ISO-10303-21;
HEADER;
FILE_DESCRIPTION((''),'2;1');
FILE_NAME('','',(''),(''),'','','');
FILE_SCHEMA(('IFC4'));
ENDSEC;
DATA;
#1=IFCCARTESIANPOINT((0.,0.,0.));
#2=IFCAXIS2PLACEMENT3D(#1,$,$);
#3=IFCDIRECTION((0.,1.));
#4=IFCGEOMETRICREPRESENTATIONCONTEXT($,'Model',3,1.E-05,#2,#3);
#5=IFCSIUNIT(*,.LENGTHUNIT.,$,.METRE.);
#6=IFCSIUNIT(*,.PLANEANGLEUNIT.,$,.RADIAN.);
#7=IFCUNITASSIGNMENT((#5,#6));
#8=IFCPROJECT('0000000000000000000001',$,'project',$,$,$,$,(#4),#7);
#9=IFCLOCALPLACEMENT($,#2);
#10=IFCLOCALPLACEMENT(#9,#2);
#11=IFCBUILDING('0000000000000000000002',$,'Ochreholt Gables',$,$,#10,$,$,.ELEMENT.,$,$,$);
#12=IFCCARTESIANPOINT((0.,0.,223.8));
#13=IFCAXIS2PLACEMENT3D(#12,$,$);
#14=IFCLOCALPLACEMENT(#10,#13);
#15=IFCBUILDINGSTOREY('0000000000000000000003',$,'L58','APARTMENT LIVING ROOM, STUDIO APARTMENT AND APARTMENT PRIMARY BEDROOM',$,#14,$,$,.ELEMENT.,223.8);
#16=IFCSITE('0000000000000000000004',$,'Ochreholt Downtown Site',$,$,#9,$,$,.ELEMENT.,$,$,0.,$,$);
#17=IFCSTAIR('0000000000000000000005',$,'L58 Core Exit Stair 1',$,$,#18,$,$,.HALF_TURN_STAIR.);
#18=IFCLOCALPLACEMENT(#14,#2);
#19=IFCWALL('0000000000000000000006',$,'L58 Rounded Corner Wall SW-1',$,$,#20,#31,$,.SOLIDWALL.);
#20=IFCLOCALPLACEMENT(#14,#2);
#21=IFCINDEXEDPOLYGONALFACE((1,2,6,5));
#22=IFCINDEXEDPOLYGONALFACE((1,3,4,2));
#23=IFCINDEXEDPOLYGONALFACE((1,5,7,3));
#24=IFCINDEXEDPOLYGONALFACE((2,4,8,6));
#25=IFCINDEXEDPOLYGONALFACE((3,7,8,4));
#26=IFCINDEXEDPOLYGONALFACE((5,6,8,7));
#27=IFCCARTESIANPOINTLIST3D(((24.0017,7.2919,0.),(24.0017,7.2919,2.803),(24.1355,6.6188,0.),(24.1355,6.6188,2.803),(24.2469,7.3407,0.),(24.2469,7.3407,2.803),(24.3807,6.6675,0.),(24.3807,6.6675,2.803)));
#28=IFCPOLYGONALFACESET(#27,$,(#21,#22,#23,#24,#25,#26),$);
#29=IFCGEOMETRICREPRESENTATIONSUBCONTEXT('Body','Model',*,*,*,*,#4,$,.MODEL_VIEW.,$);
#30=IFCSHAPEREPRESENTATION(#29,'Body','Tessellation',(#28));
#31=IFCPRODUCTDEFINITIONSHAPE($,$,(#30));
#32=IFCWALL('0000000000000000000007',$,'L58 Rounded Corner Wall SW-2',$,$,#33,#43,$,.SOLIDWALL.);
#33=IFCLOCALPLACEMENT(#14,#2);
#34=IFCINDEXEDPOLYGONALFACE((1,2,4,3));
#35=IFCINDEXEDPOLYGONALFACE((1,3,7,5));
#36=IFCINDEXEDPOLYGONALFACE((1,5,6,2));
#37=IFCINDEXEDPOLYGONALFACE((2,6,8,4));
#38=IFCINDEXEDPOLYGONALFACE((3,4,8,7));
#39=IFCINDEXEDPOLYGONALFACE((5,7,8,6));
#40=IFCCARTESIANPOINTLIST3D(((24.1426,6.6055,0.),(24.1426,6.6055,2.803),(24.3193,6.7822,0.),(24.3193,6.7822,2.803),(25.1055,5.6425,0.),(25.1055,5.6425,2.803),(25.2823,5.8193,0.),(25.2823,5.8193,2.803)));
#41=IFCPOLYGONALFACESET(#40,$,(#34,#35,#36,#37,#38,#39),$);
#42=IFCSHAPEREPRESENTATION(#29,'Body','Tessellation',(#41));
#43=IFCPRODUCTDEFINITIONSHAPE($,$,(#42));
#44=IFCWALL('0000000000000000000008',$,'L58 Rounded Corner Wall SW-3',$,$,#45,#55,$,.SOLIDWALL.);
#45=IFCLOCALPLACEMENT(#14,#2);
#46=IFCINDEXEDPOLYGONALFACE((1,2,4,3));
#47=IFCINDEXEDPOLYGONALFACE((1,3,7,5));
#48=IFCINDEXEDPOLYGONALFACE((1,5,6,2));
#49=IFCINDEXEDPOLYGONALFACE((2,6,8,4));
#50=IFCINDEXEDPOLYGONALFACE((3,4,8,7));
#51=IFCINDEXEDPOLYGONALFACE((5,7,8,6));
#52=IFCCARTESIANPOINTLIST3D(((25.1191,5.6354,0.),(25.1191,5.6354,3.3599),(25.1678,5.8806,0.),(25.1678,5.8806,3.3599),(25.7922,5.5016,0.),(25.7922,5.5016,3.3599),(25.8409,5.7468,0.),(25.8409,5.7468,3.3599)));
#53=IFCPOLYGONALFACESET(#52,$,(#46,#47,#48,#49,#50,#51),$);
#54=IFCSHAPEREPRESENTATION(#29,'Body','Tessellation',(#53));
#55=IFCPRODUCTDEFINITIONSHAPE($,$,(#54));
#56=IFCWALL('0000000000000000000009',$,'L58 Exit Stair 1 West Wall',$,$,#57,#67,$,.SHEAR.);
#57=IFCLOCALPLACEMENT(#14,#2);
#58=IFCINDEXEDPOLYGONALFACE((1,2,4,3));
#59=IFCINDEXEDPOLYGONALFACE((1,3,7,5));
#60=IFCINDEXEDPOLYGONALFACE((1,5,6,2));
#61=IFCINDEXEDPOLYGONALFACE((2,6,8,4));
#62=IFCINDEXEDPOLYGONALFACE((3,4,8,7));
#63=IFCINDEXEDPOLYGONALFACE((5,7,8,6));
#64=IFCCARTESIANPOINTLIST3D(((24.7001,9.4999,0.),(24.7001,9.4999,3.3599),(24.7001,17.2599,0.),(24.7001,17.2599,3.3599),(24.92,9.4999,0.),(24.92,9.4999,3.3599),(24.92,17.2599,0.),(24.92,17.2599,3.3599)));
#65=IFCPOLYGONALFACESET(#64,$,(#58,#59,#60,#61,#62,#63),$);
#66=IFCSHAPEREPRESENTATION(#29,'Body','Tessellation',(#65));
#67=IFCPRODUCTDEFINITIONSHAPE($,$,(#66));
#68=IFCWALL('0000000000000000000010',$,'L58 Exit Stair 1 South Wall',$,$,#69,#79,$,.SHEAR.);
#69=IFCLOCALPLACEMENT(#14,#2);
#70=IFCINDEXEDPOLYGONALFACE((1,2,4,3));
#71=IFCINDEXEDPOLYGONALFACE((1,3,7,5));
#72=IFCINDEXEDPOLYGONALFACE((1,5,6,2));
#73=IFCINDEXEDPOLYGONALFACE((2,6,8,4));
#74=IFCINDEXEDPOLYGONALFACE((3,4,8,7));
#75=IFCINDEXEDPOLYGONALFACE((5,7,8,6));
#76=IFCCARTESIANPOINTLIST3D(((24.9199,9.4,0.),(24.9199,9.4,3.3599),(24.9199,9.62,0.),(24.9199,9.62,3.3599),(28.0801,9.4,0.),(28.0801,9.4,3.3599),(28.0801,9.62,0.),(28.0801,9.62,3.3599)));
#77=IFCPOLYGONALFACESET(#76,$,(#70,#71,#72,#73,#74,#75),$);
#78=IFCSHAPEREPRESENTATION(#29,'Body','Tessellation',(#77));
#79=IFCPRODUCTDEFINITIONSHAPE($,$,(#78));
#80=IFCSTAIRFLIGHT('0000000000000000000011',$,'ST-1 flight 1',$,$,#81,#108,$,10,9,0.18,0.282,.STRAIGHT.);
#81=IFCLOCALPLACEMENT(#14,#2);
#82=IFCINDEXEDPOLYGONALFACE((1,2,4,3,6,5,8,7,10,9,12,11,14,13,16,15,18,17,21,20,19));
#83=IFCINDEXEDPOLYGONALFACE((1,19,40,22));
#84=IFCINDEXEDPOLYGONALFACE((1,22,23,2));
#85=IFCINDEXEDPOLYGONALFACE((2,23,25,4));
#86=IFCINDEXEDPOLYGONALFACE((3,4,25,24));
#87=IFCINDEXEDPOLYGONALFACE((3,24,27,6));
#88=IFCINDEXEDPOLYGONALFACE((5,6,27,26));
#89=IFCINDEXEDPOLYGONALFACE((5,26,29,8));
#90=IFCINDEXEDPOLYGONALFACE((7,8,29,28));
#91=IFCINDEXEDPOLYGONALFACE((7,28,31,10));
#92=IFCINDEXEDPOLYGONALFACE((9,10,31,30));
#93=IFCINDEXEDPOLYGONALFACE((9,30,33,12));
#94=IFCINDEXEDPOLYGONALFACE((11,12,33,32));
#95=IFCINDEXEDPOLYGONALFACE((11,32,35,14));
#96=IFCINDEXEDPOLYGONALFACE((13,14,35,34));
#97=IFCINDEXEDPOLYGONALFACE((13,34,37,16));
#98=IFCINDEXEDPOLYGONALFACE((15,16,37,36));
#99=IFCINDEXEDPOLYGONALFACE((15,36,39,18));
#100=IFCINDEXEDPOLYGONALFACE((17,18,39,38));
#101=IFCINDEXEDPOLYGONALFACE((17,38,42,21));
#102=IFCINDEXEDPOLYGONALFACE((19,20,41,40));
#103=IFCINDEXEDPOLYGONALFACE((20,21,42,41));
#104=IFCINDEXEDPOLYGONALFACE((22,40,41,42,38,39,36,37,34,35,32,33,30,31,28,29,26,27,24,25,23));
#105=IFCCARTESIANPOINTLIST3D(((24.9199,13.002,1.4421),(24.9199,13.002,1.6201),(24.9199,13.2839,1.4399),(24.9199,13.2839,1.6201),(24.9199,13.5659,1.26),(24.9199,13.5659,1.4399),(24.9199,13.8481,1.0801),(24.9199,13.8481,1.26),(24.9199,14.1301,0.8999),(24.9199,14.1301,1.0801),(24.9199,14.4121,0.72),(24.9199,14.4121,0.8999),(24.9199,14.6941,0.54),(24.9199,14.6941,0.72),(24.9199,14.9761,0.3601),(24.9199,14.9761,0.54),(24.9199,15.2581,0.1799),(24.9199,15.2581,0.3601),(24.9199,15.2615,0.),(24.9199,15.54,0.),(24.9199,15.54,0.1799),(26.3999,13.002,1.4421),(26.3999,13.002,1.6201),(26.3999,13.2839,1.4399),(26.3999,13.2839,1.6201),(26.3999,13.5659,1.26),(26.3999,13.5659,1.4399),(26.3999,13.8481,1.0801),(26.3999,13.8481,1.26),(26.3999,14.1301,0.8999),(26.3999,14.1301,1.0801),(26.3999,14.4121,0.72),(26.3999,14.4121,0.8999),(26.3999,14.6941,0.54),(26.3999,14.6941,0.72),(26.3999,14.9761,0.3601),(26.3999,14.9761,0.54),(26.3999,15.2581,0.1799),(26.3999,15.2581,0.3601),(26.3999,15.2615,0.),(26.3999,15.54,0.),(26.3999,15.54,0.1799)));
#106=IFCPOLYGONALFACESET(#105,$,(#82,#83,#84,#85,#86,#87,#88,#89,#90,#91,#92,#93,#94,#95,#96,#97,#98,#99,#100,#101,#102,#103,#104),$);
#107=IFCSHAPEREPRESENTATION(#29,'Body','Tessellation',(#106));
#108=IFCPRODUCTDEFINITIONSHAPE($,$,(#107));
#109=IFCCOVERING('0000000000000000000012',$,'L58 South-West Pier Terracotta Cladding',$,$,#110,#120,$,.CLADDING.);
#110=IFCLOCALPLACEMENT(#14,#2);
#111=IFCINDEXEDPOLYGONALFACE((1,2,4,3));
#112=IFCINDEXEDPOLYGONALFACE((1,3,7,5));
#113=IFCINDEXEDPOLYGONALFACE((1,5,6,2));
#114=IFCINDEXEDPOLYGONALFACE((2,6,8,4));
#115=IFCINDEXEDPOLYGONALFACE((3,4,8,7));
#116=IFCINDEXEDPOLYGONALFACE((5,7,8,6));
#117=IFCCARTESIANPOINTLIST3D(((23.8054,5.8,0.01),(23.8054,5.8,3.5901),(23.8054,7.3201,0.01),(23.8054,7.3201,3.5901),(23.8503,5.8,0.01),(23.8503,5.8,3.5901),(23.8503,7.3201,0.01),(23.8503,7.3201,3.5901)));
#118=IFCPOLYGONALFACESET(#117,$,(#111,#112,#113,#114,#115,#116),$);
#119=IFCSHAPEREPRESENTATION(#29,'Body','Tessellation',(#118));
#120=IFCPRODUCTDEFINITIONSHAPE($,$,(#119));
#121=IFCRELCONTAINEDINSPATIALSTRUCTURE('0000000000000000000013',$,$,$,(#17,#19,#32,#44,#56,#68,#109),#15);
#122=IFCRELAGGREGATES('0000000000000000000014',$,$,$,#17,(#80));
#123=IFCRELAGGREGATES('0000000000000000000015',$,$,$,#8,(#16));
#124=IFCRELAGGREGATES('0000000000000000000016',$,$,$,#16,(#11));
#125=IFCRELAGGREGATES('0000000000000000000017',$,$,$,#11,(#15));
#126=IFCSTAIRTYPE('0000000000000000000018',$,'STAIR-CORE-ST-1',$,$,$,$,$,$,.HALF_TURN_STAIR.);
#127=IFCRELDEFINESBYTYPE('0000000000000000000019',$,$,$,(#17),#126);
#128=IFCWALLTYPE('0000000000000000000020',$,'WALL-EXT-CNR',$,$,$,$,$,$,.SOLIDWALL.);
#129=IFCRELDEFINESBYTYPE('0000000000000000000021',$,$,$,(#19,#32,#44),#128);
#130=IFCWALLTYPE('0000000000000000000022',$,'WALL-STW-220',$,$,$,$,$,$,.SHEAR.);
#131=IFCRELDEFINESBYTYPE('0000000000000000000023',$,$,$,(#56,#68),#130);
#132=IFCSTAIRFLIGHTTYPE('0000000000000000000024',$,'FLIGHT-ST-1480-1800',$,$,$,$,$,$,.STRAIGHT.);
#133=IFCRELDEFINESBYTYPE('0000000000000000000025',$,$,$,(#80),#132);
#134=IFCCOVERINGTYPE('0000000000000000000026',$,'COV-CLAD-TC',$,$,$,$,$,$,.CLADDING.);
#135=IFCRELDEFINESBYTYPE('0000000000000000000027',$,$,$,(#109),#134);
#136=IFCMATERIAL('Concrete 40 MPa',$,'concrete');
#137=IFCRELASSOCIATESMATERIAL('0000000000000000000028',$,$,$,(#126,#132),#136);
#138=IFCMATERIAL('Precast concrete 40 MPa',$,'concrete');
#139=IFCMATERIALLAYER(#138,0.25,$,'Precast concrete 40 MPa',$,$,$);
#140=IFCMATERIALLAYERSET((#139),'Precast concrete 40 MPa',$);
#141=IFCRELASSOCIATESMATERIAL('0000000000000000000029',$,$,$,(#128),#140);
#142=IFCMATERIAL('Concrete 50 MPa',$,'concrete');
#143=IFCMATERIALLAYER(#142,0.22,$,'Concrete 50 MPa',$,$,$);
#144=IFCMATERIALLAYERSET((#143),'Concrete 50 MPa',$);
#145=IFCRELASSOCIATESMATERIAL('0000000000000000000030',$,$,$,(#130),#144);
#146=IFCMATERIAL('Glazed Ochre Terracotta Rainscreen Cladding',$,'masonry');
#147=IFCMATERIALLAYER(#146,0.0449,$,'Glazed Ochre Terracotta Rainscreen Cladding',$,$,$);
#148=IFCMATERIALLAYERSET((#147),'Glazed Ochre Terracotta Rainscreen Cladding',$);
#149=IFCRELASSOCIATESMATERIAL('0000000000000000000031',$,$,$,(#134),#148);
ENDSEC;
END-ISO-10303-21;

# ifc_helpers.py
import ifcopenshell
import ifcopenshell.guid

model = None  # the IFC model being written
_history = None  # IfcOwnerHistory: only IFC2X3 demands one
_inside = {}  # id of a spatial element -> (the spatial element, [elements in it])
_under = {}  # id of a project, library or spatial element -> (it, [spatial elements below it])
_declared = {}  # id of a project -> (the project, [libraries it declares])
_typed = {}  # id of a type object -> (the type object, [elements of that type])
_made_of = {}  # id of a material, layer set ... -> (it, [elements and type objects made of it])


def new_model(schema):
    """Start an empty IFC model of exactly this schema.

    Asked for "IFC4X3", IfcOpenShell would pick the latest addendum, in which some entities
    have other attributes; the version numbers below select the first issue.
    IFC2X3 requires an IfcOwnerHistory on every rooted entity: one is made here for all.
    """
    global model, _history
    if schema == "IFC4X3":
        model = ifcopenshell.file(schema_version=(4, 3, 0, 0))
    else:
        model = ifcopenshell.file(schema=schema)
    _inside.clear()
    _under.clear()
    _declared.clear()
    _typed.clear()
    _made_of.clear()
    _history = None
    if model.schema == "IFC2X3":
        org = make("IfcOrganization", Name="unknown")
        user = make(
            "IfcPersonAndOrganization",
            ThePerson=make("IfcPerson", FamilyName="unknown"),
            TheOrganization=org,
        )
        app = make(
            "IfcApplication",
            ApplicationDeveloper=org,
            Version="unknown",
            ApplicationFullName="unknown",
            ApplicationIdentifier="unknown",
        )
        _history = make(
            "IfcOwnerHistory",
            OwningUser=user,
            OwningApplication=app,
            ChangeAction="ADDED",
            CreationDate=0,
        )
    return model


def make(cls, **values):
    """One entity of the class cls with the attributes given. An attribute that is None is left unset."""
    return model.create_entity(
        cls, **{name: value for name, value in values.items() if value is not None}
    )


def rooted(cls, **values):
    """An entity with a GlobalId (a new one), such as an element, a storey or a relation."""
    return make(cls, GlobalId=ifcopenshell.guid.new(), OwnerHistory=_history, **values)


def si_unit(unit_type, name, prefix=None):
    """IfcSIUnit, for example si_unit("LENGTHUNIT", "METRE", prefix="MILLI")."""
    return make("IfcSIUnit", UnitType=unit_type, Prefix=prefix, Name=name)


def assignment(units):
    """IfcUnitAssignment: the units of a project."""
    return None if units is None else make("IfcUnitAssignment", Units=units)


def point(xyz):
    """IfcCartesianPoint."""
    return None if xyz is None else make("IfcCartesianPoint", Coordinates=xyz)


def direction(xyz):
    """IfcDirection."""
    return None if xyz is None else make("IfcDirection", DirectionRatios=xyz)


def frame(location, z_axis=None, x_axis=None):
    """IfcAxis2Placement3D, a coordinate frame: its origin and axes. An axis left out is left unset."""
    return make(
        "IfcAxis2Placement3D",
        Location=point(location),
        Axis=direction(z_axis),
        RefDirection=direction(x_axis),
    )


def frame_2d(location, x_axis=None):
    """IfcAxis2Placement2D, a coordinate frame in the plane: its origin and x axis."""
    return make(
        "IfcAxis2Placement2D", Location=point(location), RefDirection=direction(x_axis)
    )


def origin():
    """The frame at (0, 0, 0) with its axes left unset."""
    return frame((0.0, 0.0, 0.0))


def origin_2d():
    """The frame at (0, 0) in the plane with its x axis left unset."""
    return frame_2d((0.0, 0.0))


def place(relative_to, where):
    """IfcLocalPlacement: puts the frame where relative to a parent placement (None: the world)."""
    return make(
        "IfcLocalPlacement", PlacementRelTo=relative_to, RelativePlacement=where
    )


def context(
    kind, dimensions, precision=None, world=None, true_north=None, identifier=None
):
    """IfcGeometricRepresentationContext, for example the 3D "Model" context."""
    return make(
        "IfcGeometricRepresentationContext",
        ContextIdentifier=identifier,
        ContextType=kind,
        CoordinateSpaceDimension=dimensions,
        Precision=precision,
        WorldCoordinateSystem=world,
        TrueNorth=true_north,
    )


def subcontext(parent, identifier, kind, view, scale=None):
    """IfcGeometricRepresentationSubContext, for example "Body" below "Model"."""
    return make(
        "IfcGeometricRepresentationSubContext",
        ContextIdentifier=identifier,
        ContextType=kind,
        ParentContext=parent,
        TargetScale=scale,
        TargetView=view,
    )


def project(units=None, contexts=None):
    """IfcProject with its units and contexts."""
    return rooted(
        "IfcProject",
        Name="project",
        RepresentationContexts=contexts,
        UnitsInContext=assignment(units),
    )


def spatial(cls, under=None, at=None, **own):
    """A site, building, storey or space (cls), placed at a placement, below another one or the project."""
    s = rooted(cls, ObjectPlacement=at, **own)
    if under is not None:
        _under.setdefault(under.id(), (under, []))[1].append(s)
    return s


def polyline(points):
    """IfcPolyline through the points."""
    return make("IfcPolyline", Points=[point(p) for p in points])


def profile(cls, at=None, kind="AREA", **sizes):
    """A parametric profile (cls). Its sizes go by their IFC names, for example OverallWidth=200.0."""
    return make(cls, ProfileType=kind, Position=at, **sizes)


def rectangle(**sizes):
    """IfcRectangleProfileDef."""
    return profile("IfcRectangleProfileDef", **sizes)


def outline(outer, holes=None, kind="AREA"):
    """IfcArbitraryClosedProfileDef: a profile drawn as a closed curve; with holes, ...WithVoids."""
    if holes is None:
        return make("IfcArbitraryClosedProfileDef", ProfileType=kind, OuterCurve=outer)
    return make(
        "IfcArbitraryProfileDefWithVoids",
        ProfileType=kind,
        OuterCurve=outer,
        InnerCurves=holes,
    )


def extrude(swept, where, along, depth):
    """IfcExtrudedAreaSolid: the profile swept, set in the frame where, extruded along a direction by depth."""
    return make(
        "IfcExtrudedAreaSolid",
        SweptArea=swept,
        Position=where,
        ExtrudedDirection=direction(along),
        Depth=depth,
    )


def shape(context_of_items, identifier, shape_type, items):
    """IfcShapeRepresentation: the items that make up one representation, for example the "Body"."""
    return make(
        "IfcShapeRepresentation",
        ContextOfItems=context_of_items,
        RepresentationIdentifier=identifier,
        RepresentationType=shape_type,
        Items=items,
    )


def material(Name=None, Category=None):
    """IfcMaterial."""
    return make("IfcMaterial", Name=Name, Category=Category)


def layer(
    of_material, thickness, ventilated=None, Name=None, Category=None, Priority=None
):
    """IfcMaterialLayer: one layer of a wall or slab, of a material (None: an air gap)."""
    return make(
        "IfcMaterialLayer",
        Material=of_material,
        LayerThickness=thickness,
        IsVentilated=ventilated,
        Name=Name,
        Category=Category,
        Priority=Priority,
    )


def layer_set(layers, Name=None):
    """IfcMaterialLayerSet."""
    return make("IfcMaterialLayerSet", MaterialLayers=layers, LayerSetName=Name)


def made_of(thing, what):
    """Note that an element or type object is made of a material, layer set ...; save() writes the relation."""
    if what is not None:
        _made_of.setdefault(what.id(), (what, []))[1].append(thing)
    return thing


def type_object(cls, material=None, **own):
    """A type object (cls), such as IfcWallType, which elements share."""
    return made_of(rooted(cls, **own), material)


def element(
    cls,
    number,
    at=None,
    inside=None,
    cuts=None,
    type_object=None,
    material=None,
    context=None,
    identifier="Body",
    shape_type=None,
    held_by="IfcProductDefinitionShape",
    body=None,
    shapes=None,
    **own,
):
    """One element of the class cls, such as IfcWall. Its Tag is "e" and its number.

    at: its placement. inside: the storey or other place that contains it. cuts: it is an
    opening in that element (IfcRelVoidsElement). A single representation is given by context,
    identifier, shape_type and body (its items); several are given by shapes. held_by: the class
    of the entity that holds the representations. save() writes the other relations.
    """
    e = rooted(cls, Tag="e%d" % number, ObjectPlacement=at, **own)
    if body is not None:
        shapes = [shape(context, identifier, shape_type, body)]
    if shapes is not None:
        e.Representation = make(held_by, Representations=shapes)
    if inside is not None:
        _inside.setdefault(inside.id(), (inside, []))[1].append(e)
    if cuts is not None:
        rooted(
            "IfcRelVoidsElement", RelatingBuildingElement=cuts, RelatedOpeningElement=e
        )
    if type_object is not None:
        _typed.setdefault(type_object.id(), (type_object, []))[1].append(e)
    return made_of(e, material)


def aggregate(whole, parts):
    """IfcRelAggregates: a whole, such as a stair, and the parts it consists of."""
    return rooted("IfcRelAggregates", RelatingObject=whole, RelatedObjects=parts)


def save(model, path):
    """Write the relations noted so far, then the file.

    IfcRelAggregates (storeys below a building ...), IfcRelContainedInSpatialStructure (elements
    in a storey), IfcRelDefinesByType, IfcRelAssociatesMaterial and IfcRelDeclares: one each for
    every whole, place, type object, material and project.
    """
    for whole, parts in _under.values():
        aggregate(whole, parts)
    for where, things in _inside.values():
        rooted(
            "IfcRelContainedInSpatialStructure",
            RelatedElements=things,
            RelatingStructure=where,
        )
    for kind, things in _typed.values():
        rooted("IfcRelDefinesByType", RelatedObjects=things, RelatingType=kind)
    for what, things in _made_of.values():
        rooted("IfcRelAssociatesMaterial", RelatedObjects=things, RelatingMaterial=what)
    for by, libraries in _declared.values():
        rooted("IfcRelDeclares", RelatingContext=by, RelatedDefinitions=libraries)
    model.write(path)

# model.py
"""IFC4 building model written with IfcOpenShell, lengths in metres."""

from ifc_helpers import new_model, si_unit, direction, frame, frame_2d, origin, origin_2d, place, context, subcontext, project, spatial, polyline, rectangle, outline, extrude, material, layer, layer_set, type_object, element, aggregate, save


model = new_model("IFC4")

# Units and contexts
model_context = context("Model", 3, precision=1e-05, world=origin(), true_north=direction((0.0, 1.0)))
body_context = subcontext(model_context, "Body", "Model", "MODEL_VIEW")
ifc_project = project(units=[si_unit("LENGTHUNIT", "METRE"), si_unit("PLANEANGLEUNIT", "RADIAN")], contexts=[model_context])

# Site, building, storey
site_placement = place(None, origin())
site = spatial("IfcSite", under=ifc_project, at=site_placement, Name="Ochreholt Downtown Site", CompositionType="ELEMENT", RefElevation=0.0)
building_placement = place(site_placement, origin())
building = spatial("IfcBuilding", under=site, at=building_placement, Name="Ochreholt Gables", CompositionType="ELEMENT")
storey_placement = place(building_placement, frame((0.0, 0.0, 223.8)))
storey = spatial("IfcBuildingStorey", under=building, at=storey_placement, Name="L58", Description="APARTMENT LIVING ROOM, STUDIO APARTMENT AND APARTMENT PRIMARY BEDROOM", CompositionType="ELEMENT", Elevation=223.8)

# Shared definitions
ifc_material_1 = material(Name="Concrete 50 MPa", Category="concrete")

# Stair
ifc_material_2 = material(Name="Concrete 40 MPa", Category="concrete")
stair_type_1 = type_object("IfcStairType", Name="STAIR-CORE-ST-1", PredefinedType="HALF_TURN_STAIR", material=ifc_material_2)
stair_1_placement = place(storey_placement, origin())
stair_1 = element("IfcStair", 1, at=stair_1_placement, inside=storey, type_object=stair_type_1, Name="L58 Core Exit Stair 1", PredefinedType="HALF_TURN_STAIR")

# Shared definitions
ifc_material_3 = material(Name="Precast concrete 40 MPa", Category="concrete")

# Walls
ifc_layer_1 = layer(ifc_material_3, 0.25, Name="Precast concrete 40 MPa")
ifc_layer_set_1 = layer_set([ifc_layer_1], Name="Precast concrete 40 MPa")
wall_type_1 = type_object("IfcWallType", Name="WALL-EXT-CNR", PredefinedType="SOLIDWALL", material=ifc_layer_set_1)
wall_1_placement = place(storey_placement, frame((24.1243, 7.3164, 0.0), z_axis=(0.0, 0.0, 1.0), x_axis=(0.194953, -0.980813, 0.0)))
element("IfcWall", 2, at=wall_1_placement, inside=storey, type_object=wall_type_1, Name="L58 Rounded Corner Wall SW-1", PredefinedType="SOLIDWALL", context=body_context, shape_type="SweptSolid", body=[
    extrude(rectangle(XDim=0.6863, YDim=0.25, at=frame_2d((0.3433, 0.0))), origin(), (0.0, 0.0, 1.0), 2.803),
])
wall_2_placement = place(storey_placement, frame((24.231, 6.6938, 0.0), z_axis=(0.0, 0.0, 1.0), x_axis=(0.707107, -0.707107, 0.0)))
element("IfcWall", 3, at=wall_2_placement, inside=storey, type_object=wall_type_1, Name="L58 Rounded Corner Wall SW-2", PredefinedType="SOLIDWALL", context=body_context, shape_type="SweptSolid", body=[
    extrude(rectangle(XDim=1.3618, YDim=0.25, at=frame_2d((0.6809, 0.0))), origin(), (0.0, 0.0, 1.0), 2.803),
])
wall_3_placement = place(storey_placement, frame((25.1433, 5.7581, 0.0), z_axis=(0.0, 0.0, 1.0), x_axis=(0.980813, -0.194953, 0.0)))
element("IfcWall", 4, at=wall_3_placement, inside=storey, type_object=wall_type_1, Name="L58 Rounded Corner Wall SW-3", PredefinedType="SOLIDWALL", context=body_context, shape_type="SweptSolid", body=[
    extrude(rectangle(XDim=0.6863, YDim=0.25, at=frame_2d((0.3433, 0.0))), origin(), (0.0, 0.0, 1.0), 3.3599),
])
ifc_layer_2 = layer(ifc_material_1, 0.22, Name="Concrete 50 MPa")
ifc_layer_set_2 = layer_set([ifc_layer_2], Name="Concrete 50 MPa")
wall_type_2 = type_object("IfcWallType", Name="WALL-STW-220", PredefinedType="SHEAR", material=ifc_layer_set_2)
wall_4_placement = place(storey_placement, frame((24.8101, 9.5, 0.0), z_axis=(0.0, 0.0, 1.0), x_axis=(0.0, 1.0, 0.0)))
element("IfcWall", 5, at=wall_4_placement, inside=storey, type_object=wall_type_2, Name="L58 Exit Stair 1 West Wall", PredefinedType="SHEAR", context=body_context, shape_type="SweptSolid", body=[
    extrude(rectangle(XDim=7.76, YDim=0.22, at=frame_2d((3.8799, 0.0))), origin(), (0.0, 0.0, 1.0), 3.3599),
])
wall_5_placement = place(storey_placement, frame((24.9199, 9.51, 0.0), z_axis=(0.0, 0.0, 1.0), x_axis=(1.0, 0.0, 0.0)))
element("IfcWall", 6, at=wall_5_placement, inside=storey, type_object=wall_type_2, Name="L58 Exit Stair 1 South Wall", PredefinedType="SHEAR", context=body_context, shape_type="SweptSolid", body=[
    extrude(rectangle(XDim=3.1602, YDim=0.22, at=frame_2d((1.5801, 0.0))), origin(), (0.0, 0.0, 1.0), 3.3599),
])

# Stair flight
stair_flight_type = type_object("IfcStairFlightType", Name="FLIGHT-ST-1480-1800", PredefinedType="STRAIGHT", material=ifc_material_2)
stair_flight_placement = place(storey_placement, frame((25.6599, 15.54, 0.0), z_axis=(0.0, 0.0, 1.0), x_axis=(0.0, -1.0, 0.0)))
stair_flight = element("IfcStairFlight", 7, at=stair_flight_placement, type_object=stair_flight_type, Name="ST-1 flight 1", NumberOfRisers=10, NumberOfTreads=9, PredefinedType="STRAIGHT", RiserHeight=0.18, TreadLength=0.282, context=body_context, shape_type="SweptSolid", body=[
    extrude(outline(polyline([(0.0, 0.0), (0.0, 0.1799), (0.282, 0.1799), (0.282, 0.3601), (0.564, 0.3601), (0.564, 0.54), (0.8459, 0.54), (0.8459, 0.72), (1.1279, 0.72), (1.1279, 0.8999), (1.4099, 0.8999), (1.4099, 1.0801), (1.6919, 1.0801), (1.6919, 1.26), (1.9741, 1.26), (1.9741, 1.4399), (2.2561, 1.4399), (2.2561, 1.6201), (2.5381, 1.6201), (2.5381, 1.8), (2.5381, 1.4421), (0.2786, 0.0), (0.0, 0.0)])), frame((0.0, 0.74, 0.0), z_axis=(0.0, -1.0, 0.0), x_axis=(1.0, 0.0, 0.0)), (0.0, 0.0, 1.0), 1.48),
])
aggregate(stair_1, [stair_flight])

# Covering
ifc_material_4 = material(Name="Glazed Ochre Terracotta Rainscreen Cladding", Category="masonry")
ifc_layer_3 = layer(ifc_material_4, 0.0449, Name="Glazed Ochre Terracotta Rainscreen Cladding")
ifc_layer_set_3 = layer_set([ifc_layer_3], Name="Glazed Ochre Terracotta Rainscreen Cladding")
covering_type = type_object("IfcCoveringType", Name="COV-CLAD-TC", PredefinedType="CLADDING", material=ifc_layer_set_3)
covering_placement = place(storey_placement, frame((23.8279, 6.5601, 0.01), z_axis=(0.0, 0.0, 1.0), x_axis=(0.0, 1.0, 0.0)))
element("IfcCovering", 8, at=covering_placement, inside=storey, type_object=covering_type, Name="L58 South-West Pier Terracotta Cladding", PredefinedType="CLADDING", context=body_context, shape_type="SweptSolid", body=[
    extrude(rectangle(XDim=1.52, YDim=0.0449, at=origin_2d()), origin(), (0.0, 0.0, 1.0), 3.5801),
])

save(model, "model.ifc")
